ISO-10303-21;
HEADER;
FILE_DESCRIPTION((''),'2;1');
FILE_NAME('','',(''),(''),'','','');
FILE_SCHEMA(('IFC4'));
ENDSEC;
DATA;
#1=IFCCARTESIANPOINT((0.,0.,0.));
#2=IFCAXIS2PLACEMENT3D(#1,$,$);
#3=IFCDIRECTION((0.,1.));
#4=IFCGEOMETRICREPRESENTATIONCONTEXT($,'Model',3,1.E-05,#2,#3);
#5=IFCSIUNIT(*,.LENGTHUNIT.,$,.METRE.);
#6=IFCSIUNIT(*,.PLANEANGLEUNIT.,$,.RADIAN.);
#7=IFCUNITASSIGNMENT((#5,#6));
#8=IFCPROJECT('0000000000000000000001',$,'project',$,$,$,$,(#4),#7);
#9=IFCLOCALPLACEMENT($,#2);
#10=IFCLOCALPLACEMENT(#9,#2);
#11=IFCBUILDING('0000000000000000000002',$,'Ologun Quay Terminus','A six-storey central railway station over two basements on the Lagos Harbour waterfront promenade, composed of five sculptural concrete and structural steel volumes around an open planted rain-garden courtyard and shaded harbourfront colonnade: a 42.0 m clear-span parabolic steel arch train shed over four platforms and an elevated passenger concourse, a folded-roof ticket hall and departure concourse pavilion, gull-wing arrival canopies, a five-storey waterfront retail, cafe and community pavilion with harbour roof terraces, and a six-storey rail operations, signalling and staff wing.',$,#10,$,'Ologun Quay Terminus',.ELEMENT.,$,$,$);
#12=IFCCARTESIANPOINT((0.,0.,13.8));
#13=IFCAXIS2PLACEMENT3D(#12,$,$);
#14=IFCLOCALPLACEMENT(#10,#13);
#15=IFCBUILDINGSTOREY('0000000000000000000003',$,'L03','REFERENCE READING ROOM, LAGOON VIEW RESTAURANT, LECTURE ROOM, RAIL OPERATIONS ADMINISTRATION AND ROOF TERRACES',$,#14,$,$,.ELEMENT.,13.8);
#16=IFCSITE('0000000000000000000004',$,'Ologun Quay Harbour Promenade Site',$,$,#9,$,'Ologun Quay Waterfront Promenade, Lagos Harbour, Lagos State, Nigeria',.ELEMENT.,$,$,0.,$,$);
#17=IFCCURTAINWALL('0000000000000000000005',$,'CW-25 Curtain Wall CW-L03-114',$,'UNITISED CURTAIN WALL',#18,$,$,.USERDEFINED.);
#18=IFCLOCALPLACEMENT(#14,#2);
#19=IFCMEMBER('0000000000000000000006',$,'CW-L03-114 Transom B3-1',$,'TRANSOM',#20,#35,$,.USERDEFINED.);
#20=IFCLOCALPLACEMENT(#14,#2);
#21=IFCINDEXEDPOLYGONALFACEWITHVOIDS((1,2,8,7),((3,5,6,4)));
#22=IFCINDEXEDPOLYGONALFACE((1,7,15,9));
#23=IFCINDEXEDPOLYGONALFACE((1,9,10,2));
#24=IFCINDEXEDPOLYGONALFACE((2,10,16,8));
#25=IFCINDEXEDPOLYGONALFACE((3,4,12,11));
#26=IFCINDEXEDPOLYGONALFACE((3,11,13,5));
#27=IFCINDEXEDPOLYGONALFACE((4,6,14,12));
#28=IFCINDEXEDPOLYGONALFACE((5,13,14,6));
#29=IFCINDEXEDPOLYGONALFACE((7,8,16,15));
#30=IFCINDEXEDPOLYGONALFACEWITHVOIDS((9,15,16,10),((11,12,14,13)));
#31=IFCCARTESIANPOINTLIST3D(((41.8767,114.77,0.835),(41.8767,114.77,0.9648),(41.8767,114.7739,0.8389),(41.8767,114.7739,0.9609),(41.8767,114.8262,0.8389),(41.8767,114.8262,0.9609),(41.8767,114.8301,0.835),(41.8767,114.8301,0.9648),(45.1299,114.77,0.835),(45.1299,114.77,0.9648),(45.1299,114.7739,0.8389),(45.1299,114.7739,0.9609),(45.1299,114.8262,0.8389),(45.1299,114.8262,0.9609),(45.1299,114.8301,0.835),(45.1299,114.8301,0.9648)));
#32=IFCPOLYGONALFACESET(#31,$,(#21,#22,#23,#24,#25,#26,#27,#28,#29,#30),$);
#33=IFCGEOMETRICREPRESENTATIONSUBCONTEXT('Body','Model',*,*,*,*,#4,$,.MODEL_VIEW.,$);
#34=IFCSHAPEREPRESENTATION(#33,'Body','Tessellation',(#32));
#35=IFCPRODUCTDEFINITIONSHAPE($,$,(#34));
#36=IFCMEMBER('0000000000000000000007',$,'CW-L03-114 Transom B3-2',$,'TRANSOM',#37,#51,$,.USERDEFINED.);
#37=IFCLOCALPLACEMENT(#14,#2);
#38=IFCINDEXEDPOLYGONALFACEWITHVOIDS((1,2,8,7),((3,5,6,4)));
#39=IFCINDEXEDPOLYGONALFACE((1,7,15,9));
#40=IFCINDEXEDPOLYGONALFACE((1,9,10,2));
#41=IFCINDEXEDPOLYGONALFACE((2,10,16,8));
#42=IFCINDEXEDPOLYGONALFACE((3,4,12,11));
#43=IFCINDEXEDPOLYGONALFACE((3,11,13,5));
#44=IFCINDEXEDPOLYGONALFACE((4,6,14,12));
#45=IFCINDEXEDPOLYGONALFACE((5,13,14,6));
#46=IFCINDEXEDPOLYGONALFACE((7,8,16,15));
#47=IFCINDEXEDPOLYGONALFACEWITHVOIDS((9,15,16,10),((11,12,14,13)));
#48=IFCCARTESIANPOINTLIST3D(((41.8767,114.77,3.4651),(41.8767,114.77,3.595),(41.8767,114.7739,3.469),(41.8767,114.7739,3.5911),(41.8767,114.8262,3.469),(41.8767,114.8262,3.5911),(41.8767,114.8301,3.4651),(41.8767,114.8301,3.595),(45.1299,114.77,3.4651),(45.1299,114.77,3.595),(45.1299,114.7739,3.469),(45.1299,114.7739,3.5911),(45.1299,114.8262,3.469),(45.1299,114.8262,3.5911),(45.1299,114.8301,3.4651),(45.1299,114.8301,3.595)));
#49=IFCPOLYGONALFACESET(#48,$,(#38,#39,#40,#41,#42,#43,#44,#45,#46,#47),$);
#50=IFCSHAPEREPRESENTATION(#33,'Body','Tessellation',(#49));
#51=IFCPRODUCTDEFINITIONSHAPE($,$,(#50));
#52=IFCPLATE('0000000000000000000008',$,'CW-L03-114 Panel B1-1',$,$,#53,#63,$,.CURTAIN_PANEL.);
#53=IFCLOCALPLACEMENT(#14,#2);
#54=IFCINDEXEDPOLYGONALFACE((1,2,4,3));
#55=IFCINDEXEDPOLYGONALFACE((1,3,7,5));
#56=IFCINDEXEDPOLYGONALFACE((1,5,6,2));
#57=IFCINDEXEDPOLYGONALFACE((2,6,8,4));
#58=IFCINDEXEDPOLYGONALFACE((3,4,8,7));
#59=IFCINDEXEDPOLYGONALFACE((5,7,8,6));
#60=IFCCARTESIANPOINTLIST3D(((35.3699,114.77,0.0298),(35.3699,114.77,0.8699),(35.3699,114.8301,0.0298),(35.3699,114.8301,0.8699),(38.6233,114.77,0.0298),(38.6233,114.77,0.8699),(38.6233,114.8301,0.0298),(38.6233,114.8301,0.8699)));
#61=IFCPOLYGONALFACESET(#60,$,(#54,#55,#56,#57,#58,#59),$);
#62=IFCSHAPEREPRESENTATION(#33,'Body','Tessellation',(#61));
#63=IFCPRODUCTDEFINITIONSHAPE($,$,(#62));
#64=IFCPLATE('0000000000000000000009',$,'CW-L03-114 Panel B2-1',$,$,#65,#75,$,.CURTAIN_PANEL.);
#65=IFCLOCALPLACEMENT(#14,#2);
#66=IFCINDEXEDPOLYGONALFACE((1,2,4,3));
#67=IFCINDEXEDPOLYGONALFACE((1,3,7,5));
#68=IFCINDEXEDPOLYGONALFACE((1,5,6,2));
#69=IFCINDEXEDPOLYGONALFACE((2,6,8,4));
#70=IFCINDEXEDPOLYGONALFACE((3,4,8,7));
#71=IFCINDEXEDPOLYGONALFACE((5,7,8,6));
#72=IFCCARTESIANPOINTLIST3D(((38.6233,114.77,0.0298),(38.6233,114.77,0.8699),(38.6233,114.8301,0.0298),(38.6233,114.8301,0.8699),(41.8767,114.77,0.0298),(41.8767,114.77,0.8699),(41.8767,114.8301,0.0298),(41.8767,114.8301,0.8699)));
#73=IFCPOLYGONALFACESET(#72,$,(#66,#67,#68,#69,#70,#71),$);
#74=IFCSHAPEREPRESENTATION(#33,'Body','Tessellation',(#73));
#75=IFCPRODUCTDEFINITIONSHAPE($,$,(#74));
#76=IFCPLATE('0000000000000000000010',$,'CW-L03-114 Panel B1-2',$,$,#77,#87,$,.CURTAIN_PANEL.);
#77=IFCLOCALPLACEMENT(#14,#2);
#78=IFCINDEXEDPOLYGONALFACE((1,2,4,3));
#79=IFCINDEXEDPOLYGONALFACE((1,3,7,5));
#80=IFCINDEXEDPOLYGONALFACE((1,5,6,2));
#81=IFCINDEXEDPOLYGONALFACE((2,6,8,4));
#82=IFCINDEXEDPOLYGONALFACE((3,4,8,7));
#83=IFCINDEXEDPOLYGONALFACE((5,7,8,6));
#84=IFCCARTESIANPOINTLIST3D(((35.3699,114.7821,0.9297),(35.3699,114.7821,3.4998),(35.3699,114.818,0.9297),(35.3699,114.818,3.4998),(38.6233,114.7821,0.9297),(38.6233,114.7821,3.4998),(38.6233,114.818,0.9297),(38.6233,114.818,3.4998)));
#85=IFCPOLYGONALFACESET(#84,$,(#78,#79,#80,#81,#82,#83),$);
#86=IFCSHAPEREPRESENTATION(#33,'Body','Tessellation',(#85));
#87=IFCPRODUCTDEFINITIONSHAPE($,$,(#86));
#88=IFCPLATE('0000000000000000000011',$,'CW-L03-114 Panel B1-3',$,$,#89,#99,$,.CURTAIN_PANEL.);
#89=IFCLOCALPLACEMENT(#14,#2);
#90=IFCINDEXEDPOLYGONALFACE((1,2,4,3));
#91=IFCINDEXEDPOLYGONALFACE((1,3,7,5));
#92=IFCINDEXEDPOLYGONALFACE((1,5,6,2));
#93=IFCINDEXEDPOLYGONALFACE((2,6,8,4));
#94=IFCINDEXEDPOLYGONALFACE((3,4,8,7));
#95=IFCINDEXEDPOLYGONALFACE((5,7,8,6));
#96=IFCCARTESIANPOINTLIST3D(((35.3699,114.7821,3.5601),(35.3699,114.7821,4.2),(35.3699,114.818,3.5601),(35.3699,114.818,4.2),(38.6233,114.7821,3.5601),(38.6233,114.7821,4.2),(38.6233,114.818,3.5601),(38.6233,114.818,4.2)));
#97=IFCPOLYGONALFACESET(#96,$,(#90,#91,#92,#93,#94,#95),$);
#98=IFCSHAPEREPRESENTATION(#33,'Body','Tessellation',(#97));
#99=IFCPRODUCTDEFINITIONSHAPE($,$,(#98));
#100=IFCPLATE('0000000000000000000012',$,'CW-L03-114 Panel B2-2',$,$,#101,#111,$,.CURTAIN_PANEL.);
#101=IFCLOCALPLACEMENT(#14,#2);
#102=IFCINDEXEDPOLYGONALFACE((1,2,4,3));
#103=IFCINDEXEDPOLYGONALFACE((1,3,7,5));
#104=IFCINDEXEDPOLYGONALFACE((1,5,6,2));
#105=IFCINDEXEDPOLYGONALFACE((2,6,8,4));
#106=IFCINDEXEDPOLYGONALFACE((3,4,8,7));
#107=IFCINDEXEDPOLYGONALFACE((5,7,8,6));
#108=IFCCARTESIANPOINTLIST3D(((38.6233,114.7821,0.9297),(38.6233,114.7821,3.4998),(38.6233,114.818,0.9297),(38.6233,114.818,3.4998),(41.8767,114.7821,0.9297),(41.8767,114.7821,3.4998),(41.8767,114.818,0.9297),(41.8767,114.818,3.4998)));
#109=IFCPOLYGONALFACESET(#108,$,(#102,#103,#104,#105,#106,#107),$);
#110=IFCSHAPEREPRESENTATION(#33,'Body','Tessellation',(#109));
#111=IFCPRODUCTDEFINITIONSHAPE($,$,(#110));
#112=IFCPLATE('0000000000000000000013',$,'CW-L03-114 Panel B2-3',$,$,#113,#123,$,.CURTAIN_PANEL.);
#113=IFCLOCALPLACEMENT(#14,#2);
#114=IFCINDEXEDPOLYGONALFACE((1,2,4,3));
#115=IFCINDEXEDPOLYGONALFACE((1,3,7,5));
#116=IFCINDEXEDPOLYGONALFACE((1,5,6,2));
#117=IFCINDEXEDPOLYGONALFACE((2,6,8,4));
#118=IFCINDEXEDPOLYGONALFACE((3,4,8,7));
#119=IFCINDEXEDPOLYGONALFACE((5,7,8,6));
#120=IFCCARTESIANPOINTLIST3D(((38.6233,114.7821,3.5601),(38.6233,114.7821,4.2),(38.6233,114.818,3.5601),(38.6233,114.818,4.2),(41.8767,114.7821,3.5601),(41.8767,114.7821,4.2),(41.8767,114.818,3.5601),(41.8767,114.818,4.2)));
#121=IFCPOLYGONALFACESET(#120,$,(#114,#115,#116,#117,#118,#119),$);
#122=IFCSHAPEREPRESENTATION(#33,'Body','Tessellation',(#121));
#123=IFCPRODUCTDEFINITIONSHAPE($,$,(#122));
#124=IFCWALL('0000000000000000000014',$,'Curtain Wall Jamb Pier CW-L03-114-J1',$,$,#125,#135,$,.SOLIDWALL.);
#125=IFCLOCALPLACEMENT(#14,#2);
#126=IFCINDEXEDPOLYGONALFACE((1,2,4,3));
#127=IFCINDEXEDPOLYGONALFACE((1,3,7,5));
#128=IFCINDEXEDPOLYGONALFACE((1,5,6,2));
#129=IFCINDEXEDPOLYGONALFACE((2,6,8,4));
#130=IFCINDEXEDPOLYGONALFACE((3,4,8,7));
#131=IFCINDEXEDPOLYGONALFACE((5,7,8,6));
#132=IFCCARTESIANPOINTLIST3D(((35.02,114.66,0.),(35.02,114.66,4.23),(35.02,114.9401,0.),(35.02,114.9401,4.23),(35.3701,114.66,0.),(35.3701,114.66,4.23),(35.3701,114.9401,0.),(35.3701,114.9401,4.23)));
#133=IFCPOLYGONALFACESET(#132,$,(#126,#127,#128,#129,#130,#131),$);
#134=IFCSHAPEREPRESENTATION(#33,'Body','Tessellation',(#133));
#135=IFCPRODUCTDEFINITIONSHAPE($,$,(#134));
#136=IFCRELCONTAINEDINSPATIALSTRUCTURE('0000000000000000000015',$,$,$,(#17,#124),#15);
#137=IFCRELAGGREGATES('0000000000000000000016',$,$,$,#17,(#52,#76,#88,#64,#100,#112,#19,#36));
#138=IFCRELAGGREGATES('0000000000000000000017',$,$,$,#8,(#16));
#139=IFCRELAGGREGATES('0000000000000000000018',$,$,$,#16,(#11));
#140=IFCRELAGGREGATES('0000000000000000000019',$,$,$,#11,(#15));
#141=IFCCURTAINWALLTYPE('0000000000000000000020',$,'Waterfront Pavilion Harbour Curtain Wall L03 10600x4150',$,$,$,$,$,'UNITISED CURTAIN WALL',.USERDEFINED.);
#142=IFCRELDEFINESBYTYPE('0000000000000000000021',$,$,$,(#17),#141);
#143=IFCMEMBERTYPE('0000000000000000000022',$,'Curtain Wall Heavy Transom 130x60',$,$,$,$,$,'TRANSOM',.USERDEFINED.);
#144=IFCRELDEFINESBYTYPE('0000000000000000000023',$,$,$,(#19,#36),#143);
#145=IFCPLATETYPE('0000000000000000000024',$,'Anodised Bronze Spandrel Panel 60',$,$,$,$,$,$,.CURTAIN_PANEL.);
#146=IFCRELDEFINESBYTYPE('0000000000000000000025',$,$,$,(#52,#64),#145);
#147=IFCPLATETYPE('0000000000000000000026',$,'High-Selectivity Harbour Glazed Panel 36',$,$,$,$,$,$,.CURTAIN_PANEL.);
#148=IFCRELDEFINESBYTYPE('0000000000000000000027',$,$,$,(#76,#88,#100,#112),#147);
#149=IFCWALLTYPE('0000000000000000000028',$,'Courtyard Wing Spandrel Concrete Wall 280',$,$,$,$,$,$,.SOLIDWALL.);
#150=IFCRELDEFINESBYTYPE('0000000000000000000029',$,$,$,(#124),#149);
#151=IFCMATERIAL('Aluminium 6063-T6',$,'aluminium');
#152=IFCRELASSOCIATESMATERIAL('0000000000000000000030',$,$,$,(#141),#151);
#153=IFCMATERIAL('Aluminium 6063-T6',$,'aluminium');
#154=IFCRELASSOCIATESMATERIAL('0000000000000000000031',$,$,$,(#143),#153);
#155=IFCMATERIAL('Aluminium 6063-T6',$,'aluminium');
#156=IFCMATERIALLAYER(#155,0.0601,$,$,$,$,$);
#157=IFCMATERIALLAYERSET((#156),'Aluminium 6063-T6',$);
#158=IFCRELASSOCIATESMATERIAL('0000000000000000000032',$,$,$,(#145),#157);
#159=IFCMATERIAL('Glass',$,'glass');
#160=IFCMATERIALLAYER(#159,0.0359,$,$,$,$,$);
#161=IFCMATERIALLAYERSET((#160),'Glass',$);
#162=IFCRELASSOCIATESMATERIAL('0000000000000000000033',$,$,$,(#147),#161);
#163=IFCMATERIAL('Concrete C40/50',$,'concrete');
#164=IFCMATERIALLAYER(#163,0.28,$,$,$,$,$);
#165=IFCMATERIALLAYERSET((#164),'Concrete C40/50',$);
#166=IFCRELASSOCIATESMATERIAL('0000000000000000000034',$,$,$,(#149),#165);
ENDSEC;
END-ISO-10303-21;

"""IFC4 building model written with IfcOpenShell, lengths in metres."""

from ifc_helpers import new_model, si_unit, direction, frame, frame_2d, origin, origin_2d, place, context, subcontext, project, spatial, rectangle, hollow_rectangle, extrude, material, layer, layer_set, material_profile, profile_set, type_object, element, aggregate, save


model = new_model("IFC4")

# Units and contexts
model_context = context("Model", 3, precision=1e-05, world=origin(), true_north=direction((0.0, 1.0)))
body_context = subcontext(model_context, "Body", "Model", "MODEL_VIEW")
ifc_project = project(units=[si_unit("LENGTHUNIT", "METRE"), si_unit("PLANEANGLEUNIT", "RADIAN")], contexts=[model_context])

# Site, building, storey
site_placement = place(None, origin())
site = spatial("IfcSite", under=ifc_project, at=site_placement, Name="Ologun Quay Harbour Promenade Site", LongName="Ologun Quay Waterfront Promenade, Lagos Harbour, Lagos State, Nigeria", CompositionType="ELEMENT", RefElevation=0.0)
building_placement = place(site_placement, origin())
building = spatial("IfcBuilding", under=site, at=building_placement, Name="Ologun Quay Terminus", Description="A six-storey central railway station over two basements on the Lagos Harbour waterfront promenade, composed of five sculptural concrete and structural steel volumes around an open planted rain-garden courtyard and shaded harbourfront colonnade: a 42.0 m clear-span parabolic steel arch train shed over four platforms and an elevated passenger concourse, a folded-roof ticket hall and departure concourse pavilion, gull-wing arrival canopies, a five-storey waterfront retail, cafe and community pavilion with harbour roof terraces, and a six-storey rail operations, signalling and staff wing.", LongName="Ologun Quay Terminus", CompositionType="ELEMENT")
storey_placement = place(building_placement, frame((0.0, 0.0, 13.8)))
storey = spatial("IfcBuildingStorey", under=building, at=storey_placement, Name="L03", Description="REFERENCE READING ROOM, LAGOON VIEW RESTAURANT, LECTURE ROOM, RAIL OPERATIONS ADMINISTRATION AND ROOF TERRACES", CompositionType="ELEMENT", Elevation=13.8)

# Curtain wall, members, plates
ifc_material_1 = material(Name="Aluminium 6063-T6", Category="aluminium")
curtain_wall_type = type_object("IfcCurtainWallType", Name="Waterfront Pavilion Harbour Curtain Wall L03 10600x4150", ElementType="UNITISED CURTAIN WALL", PredefinedType="USERDEFINED", material=ifc_material_1)
curtain_wall_placement = place(storey_placement, origin())
curtain_wall = element("IfcCurtainWall", 1, at=curtain_wall_placement, inside=storey, type_object=curtain_wall_type, Name="CW-25 Curtain Wall CW-L03-114", ObjectType="UNITISED CURTAIN WALL", PredefinedType="USERDEFINED")
ifc_material_2 = material(Name="Aluminium 6063-T6", Category="aluminium")
ifc_material_profile_1 = material_profile(ifc_material_2, hollow_rectangle(XDim=0.0601, YDim=0.1299, WallThickness=0.0039, at=origin_2d()), Name="ALU 130x60x4")
ifc_profile_set_1 = profile_set([ifc_material_profile_1], Name="Aluminium 6063-T6")
member_type_1 = type_object("IfcMemberType", Name="Curtain Wall Heavy Transom 130x60", ElementType="TRANSOM", PredefinedType="USERDEFINED", material=ifc_profile_set_1)
member_1_placement = place(storey_placement, frame((41.8767, 114.8, 0.8999), z_axis=(1.0, 0.0, 0.0), x_axis=(0.0, 1.0, 0.0)))
member_1 = element("IfcMember", 2, at=member_1_placement, type_object=member_type_1, Name="CW-L03-114 Transom B3-1", ObjectType="TRANSOM", PredefinedType="USERDEFINED", context=body_context, shape_type="SweptSolid", body=[
    extrude(hollow_rectangle(XDim=0.0601, YDim=0.1299, WallThickness=0.0039, at=origin_2d()), origin(), (0.0, 0.0, 1.0), 3.2532),
])
member_2_placement = place(storey_placement, frame((41.8767, 114.8, 3.53), z_axis=(1.0, 0.0, 0.0), x_axis=(0.0, 1.0, 0.0)))
member_2 = element("IfcMember", 3, at=member_2_placement, type_object=member_type_1, Name="CW-L03-114 Transom B3-2", ObjectType="TRANSOM", PredefinedType="USERDEFINED", context=body_context, shape_type="SweptSolid", body=[
    extrude(hollow_rectangle(XDim=0.0601, YDim=0.1299, WallThickness=0.0039, at=origin_2d()), origin(), (0.0, 0.0, 1.0), 3.2532),
])
ifc_material_3 = material(Name="Aluminium 6063-T6", Category="aluminium")
ifc_layer_1 = layer(ifc_material_3, 0.0601)
ifc_layer_set_1 = layer_set([ifc_layer_1], Name="Aluminium 6063-T6")
plate_type_1 = type_object("IfcPlateType", Name="Anodised Bronze Spandrel Panel 60", PredefinedType="CURTAIN_PANEL", material=ifc_layer_set_1)
plate_1_placement = place(storey_placement, frame((36.9966, 114.8, 0.0298), z_axis=(0.0, 0.0, 1.0), x_axis=(1.0, 0.0, 0.0)))
plate_1 = element("IfcPlate", 4, at=plate_1_placement, type_object=plate_type_1, Name="CW-L03-114 Panel B1-1", PredefinedType="CURTAIN_PANEL", context=body_context, shape_type="SweptSolid", body=[
    extrude(rectangle(XDim=3.2534, YDim=0.0601, at=origin_2d()), origin(), (0.0, 0.0, 1.0), 0.8401),
])
plate_2_placement = place(storey_placement, frame((40.25, 114.8, 0.0298), z_axis=(0.0, 0.0, 1.0), x_axis=(1.0, 0.0, 0.0)))
plate_2 = element("IfcPlate", 5, at=plate_2_placement, type_object=plate_type_1, Name="CW-L03-114 Panel B2-1", PredefinedType="CURTAIN_PANEL", context=body_context, shape_type="SweptSolid", body=[
    extrude(rectangle(XDim=3.2534, YDim=0.0601, at=origin_2d()), origin(), (0.0, 0.0, 1.0), 0.8401),
])
ifc_material_4 = material(Name="Glass", Category="glass")
ifc_layer_2 = layer(ifc_material_4, 0.0359)
ifc_layer_set_2 = layer_set([ifc_layer_2], Name="Glass")
plate_type_2 = type_object("IfcPlateType", Name="High-Selectivity Harbour Glazed Panel 36", PredefinedType="CURTAIN_PANEL", material=ifc_layer_set_2)
plate_3_placement = place(storey_placement, frame((36.9966, 114.8, 0.9297), z_axis=(0.0, 0.0, 1.0), x_axis=(1.0, 0.0, 0.0)))
plate_3 = element("IfcPlate", 6, at=plate_3_placement, type_object=plate_type_2, Name="CW-L03-114 Panel B1-2", PredefinedType="CURTAIN_PANEL", context=body_context, shape_type="SweptSolid", body=[
    extrude(rectangle(XDim=3.2534, YDim=0.0359, at=origin_2d()), origin(), (0.0, 0.0, 1.0), 2.5701),
])
plate_4_placement = place(storey_placement, frame((36.9966, 114.8, 3.5601), z_axis=(0.0, 0.0, 1.0), x_axis=(1.0, 0.0, 0.0)))
plate_4 = element("IfcPlate", 7, at=plate_4_placement, type_object=plate_type_2, Name="CW-L03-114 Panel B1-3", PredefinedType="CURTAIN_PANEL", context=body_context, shape_type="SweptSolid", body=[
    extrude(rectangle(XDim=3.2534, YDim=0.0359, at=origin_2d()), origin(), (0.0, 0.0, 1.0), 0.6399),
])
plate_5_placement = place(storey_placement, frame((40.25, 114.8, 0.9297), z_axis=(0.0, 0.0, 1.0), x_axis=(1.0, 0.0, 0.0)))
plate_5 = element("IfcPlate", 8, at=plate_5_placement, type_object=plate_type_2, Name="CW-L03-114 Panel B2-2", PredefinedType="CURTAIN_PANEL", context=body_context, shape_type="SweptSolid", body=[
    extrude(rectangle(XDim=3.2534, YDim=0.0359, at=origin_2d()), origin(), (0.0, 0.0, 1.0), 2.5701),
])
plate_6_placement = place(storey_placement, frame((40.25, 114.8, 3.5601), z_axis=(0.0, 0.0, 1.0), x_axis=(1.0, 0.0, 0.0)))
plate_6 = element("IfcPlate", 9, at=plate_6_placement, type_object=plate_type_2, Name="CW-L03-114 Panel B2-3", PredefinedType="CURTAIN_PANEL", context=body_context, shape_type="SweptSolid", body=[
    extrude(rectangle(XDim=3.2534, YDim=0.0359, at=origin_2d()), origin(), (0.0, 0.0, 1.0), 0.6399),
])
aggregate(curtain_wall, [plate_1, plate_3, plate_4, plate_2, plate_5, plate_6, member_1, member_2])

# Wall
ifc_material_5 = material(Name="Concrete C40/50", Category="concrete")
ifc_layer_3 = layer(ifc_material_5, 0.28)
ifc_layer_set_3 = layer_set([ifc_layer_3], Name="Concrete C40/50")
wall_type = type_object("IfcWallType", Name="Courtyard Wing Spandrel Concrete Wall 280", PredefinedType="SOLIDWALL", material=ifc_layer_set_3)
wall_placement = place(storey_placement, frame((35.02, 114.8, 0.0), z_axis=(0.0, 0.0, 1.0), x_axis=(1.0, 0.0, 0.0)))
element("IfcWall", 10, at=wall_placement, inside=storey, type_object=wall_type, Name="Curtain Wall Jamb Pier CW-L03-114-J1", PredefinedType="SOLIDWALL", context=body_context, shape_type="SweptSolid", body=[
    extrude(rectangle(XDim=0.3501, YDim=0.28, at=frame_2d((0.175, 0.0))), origin(), (0.0, 0.0, 1.0), 4.23),
])

save(model, "model.ifc")
